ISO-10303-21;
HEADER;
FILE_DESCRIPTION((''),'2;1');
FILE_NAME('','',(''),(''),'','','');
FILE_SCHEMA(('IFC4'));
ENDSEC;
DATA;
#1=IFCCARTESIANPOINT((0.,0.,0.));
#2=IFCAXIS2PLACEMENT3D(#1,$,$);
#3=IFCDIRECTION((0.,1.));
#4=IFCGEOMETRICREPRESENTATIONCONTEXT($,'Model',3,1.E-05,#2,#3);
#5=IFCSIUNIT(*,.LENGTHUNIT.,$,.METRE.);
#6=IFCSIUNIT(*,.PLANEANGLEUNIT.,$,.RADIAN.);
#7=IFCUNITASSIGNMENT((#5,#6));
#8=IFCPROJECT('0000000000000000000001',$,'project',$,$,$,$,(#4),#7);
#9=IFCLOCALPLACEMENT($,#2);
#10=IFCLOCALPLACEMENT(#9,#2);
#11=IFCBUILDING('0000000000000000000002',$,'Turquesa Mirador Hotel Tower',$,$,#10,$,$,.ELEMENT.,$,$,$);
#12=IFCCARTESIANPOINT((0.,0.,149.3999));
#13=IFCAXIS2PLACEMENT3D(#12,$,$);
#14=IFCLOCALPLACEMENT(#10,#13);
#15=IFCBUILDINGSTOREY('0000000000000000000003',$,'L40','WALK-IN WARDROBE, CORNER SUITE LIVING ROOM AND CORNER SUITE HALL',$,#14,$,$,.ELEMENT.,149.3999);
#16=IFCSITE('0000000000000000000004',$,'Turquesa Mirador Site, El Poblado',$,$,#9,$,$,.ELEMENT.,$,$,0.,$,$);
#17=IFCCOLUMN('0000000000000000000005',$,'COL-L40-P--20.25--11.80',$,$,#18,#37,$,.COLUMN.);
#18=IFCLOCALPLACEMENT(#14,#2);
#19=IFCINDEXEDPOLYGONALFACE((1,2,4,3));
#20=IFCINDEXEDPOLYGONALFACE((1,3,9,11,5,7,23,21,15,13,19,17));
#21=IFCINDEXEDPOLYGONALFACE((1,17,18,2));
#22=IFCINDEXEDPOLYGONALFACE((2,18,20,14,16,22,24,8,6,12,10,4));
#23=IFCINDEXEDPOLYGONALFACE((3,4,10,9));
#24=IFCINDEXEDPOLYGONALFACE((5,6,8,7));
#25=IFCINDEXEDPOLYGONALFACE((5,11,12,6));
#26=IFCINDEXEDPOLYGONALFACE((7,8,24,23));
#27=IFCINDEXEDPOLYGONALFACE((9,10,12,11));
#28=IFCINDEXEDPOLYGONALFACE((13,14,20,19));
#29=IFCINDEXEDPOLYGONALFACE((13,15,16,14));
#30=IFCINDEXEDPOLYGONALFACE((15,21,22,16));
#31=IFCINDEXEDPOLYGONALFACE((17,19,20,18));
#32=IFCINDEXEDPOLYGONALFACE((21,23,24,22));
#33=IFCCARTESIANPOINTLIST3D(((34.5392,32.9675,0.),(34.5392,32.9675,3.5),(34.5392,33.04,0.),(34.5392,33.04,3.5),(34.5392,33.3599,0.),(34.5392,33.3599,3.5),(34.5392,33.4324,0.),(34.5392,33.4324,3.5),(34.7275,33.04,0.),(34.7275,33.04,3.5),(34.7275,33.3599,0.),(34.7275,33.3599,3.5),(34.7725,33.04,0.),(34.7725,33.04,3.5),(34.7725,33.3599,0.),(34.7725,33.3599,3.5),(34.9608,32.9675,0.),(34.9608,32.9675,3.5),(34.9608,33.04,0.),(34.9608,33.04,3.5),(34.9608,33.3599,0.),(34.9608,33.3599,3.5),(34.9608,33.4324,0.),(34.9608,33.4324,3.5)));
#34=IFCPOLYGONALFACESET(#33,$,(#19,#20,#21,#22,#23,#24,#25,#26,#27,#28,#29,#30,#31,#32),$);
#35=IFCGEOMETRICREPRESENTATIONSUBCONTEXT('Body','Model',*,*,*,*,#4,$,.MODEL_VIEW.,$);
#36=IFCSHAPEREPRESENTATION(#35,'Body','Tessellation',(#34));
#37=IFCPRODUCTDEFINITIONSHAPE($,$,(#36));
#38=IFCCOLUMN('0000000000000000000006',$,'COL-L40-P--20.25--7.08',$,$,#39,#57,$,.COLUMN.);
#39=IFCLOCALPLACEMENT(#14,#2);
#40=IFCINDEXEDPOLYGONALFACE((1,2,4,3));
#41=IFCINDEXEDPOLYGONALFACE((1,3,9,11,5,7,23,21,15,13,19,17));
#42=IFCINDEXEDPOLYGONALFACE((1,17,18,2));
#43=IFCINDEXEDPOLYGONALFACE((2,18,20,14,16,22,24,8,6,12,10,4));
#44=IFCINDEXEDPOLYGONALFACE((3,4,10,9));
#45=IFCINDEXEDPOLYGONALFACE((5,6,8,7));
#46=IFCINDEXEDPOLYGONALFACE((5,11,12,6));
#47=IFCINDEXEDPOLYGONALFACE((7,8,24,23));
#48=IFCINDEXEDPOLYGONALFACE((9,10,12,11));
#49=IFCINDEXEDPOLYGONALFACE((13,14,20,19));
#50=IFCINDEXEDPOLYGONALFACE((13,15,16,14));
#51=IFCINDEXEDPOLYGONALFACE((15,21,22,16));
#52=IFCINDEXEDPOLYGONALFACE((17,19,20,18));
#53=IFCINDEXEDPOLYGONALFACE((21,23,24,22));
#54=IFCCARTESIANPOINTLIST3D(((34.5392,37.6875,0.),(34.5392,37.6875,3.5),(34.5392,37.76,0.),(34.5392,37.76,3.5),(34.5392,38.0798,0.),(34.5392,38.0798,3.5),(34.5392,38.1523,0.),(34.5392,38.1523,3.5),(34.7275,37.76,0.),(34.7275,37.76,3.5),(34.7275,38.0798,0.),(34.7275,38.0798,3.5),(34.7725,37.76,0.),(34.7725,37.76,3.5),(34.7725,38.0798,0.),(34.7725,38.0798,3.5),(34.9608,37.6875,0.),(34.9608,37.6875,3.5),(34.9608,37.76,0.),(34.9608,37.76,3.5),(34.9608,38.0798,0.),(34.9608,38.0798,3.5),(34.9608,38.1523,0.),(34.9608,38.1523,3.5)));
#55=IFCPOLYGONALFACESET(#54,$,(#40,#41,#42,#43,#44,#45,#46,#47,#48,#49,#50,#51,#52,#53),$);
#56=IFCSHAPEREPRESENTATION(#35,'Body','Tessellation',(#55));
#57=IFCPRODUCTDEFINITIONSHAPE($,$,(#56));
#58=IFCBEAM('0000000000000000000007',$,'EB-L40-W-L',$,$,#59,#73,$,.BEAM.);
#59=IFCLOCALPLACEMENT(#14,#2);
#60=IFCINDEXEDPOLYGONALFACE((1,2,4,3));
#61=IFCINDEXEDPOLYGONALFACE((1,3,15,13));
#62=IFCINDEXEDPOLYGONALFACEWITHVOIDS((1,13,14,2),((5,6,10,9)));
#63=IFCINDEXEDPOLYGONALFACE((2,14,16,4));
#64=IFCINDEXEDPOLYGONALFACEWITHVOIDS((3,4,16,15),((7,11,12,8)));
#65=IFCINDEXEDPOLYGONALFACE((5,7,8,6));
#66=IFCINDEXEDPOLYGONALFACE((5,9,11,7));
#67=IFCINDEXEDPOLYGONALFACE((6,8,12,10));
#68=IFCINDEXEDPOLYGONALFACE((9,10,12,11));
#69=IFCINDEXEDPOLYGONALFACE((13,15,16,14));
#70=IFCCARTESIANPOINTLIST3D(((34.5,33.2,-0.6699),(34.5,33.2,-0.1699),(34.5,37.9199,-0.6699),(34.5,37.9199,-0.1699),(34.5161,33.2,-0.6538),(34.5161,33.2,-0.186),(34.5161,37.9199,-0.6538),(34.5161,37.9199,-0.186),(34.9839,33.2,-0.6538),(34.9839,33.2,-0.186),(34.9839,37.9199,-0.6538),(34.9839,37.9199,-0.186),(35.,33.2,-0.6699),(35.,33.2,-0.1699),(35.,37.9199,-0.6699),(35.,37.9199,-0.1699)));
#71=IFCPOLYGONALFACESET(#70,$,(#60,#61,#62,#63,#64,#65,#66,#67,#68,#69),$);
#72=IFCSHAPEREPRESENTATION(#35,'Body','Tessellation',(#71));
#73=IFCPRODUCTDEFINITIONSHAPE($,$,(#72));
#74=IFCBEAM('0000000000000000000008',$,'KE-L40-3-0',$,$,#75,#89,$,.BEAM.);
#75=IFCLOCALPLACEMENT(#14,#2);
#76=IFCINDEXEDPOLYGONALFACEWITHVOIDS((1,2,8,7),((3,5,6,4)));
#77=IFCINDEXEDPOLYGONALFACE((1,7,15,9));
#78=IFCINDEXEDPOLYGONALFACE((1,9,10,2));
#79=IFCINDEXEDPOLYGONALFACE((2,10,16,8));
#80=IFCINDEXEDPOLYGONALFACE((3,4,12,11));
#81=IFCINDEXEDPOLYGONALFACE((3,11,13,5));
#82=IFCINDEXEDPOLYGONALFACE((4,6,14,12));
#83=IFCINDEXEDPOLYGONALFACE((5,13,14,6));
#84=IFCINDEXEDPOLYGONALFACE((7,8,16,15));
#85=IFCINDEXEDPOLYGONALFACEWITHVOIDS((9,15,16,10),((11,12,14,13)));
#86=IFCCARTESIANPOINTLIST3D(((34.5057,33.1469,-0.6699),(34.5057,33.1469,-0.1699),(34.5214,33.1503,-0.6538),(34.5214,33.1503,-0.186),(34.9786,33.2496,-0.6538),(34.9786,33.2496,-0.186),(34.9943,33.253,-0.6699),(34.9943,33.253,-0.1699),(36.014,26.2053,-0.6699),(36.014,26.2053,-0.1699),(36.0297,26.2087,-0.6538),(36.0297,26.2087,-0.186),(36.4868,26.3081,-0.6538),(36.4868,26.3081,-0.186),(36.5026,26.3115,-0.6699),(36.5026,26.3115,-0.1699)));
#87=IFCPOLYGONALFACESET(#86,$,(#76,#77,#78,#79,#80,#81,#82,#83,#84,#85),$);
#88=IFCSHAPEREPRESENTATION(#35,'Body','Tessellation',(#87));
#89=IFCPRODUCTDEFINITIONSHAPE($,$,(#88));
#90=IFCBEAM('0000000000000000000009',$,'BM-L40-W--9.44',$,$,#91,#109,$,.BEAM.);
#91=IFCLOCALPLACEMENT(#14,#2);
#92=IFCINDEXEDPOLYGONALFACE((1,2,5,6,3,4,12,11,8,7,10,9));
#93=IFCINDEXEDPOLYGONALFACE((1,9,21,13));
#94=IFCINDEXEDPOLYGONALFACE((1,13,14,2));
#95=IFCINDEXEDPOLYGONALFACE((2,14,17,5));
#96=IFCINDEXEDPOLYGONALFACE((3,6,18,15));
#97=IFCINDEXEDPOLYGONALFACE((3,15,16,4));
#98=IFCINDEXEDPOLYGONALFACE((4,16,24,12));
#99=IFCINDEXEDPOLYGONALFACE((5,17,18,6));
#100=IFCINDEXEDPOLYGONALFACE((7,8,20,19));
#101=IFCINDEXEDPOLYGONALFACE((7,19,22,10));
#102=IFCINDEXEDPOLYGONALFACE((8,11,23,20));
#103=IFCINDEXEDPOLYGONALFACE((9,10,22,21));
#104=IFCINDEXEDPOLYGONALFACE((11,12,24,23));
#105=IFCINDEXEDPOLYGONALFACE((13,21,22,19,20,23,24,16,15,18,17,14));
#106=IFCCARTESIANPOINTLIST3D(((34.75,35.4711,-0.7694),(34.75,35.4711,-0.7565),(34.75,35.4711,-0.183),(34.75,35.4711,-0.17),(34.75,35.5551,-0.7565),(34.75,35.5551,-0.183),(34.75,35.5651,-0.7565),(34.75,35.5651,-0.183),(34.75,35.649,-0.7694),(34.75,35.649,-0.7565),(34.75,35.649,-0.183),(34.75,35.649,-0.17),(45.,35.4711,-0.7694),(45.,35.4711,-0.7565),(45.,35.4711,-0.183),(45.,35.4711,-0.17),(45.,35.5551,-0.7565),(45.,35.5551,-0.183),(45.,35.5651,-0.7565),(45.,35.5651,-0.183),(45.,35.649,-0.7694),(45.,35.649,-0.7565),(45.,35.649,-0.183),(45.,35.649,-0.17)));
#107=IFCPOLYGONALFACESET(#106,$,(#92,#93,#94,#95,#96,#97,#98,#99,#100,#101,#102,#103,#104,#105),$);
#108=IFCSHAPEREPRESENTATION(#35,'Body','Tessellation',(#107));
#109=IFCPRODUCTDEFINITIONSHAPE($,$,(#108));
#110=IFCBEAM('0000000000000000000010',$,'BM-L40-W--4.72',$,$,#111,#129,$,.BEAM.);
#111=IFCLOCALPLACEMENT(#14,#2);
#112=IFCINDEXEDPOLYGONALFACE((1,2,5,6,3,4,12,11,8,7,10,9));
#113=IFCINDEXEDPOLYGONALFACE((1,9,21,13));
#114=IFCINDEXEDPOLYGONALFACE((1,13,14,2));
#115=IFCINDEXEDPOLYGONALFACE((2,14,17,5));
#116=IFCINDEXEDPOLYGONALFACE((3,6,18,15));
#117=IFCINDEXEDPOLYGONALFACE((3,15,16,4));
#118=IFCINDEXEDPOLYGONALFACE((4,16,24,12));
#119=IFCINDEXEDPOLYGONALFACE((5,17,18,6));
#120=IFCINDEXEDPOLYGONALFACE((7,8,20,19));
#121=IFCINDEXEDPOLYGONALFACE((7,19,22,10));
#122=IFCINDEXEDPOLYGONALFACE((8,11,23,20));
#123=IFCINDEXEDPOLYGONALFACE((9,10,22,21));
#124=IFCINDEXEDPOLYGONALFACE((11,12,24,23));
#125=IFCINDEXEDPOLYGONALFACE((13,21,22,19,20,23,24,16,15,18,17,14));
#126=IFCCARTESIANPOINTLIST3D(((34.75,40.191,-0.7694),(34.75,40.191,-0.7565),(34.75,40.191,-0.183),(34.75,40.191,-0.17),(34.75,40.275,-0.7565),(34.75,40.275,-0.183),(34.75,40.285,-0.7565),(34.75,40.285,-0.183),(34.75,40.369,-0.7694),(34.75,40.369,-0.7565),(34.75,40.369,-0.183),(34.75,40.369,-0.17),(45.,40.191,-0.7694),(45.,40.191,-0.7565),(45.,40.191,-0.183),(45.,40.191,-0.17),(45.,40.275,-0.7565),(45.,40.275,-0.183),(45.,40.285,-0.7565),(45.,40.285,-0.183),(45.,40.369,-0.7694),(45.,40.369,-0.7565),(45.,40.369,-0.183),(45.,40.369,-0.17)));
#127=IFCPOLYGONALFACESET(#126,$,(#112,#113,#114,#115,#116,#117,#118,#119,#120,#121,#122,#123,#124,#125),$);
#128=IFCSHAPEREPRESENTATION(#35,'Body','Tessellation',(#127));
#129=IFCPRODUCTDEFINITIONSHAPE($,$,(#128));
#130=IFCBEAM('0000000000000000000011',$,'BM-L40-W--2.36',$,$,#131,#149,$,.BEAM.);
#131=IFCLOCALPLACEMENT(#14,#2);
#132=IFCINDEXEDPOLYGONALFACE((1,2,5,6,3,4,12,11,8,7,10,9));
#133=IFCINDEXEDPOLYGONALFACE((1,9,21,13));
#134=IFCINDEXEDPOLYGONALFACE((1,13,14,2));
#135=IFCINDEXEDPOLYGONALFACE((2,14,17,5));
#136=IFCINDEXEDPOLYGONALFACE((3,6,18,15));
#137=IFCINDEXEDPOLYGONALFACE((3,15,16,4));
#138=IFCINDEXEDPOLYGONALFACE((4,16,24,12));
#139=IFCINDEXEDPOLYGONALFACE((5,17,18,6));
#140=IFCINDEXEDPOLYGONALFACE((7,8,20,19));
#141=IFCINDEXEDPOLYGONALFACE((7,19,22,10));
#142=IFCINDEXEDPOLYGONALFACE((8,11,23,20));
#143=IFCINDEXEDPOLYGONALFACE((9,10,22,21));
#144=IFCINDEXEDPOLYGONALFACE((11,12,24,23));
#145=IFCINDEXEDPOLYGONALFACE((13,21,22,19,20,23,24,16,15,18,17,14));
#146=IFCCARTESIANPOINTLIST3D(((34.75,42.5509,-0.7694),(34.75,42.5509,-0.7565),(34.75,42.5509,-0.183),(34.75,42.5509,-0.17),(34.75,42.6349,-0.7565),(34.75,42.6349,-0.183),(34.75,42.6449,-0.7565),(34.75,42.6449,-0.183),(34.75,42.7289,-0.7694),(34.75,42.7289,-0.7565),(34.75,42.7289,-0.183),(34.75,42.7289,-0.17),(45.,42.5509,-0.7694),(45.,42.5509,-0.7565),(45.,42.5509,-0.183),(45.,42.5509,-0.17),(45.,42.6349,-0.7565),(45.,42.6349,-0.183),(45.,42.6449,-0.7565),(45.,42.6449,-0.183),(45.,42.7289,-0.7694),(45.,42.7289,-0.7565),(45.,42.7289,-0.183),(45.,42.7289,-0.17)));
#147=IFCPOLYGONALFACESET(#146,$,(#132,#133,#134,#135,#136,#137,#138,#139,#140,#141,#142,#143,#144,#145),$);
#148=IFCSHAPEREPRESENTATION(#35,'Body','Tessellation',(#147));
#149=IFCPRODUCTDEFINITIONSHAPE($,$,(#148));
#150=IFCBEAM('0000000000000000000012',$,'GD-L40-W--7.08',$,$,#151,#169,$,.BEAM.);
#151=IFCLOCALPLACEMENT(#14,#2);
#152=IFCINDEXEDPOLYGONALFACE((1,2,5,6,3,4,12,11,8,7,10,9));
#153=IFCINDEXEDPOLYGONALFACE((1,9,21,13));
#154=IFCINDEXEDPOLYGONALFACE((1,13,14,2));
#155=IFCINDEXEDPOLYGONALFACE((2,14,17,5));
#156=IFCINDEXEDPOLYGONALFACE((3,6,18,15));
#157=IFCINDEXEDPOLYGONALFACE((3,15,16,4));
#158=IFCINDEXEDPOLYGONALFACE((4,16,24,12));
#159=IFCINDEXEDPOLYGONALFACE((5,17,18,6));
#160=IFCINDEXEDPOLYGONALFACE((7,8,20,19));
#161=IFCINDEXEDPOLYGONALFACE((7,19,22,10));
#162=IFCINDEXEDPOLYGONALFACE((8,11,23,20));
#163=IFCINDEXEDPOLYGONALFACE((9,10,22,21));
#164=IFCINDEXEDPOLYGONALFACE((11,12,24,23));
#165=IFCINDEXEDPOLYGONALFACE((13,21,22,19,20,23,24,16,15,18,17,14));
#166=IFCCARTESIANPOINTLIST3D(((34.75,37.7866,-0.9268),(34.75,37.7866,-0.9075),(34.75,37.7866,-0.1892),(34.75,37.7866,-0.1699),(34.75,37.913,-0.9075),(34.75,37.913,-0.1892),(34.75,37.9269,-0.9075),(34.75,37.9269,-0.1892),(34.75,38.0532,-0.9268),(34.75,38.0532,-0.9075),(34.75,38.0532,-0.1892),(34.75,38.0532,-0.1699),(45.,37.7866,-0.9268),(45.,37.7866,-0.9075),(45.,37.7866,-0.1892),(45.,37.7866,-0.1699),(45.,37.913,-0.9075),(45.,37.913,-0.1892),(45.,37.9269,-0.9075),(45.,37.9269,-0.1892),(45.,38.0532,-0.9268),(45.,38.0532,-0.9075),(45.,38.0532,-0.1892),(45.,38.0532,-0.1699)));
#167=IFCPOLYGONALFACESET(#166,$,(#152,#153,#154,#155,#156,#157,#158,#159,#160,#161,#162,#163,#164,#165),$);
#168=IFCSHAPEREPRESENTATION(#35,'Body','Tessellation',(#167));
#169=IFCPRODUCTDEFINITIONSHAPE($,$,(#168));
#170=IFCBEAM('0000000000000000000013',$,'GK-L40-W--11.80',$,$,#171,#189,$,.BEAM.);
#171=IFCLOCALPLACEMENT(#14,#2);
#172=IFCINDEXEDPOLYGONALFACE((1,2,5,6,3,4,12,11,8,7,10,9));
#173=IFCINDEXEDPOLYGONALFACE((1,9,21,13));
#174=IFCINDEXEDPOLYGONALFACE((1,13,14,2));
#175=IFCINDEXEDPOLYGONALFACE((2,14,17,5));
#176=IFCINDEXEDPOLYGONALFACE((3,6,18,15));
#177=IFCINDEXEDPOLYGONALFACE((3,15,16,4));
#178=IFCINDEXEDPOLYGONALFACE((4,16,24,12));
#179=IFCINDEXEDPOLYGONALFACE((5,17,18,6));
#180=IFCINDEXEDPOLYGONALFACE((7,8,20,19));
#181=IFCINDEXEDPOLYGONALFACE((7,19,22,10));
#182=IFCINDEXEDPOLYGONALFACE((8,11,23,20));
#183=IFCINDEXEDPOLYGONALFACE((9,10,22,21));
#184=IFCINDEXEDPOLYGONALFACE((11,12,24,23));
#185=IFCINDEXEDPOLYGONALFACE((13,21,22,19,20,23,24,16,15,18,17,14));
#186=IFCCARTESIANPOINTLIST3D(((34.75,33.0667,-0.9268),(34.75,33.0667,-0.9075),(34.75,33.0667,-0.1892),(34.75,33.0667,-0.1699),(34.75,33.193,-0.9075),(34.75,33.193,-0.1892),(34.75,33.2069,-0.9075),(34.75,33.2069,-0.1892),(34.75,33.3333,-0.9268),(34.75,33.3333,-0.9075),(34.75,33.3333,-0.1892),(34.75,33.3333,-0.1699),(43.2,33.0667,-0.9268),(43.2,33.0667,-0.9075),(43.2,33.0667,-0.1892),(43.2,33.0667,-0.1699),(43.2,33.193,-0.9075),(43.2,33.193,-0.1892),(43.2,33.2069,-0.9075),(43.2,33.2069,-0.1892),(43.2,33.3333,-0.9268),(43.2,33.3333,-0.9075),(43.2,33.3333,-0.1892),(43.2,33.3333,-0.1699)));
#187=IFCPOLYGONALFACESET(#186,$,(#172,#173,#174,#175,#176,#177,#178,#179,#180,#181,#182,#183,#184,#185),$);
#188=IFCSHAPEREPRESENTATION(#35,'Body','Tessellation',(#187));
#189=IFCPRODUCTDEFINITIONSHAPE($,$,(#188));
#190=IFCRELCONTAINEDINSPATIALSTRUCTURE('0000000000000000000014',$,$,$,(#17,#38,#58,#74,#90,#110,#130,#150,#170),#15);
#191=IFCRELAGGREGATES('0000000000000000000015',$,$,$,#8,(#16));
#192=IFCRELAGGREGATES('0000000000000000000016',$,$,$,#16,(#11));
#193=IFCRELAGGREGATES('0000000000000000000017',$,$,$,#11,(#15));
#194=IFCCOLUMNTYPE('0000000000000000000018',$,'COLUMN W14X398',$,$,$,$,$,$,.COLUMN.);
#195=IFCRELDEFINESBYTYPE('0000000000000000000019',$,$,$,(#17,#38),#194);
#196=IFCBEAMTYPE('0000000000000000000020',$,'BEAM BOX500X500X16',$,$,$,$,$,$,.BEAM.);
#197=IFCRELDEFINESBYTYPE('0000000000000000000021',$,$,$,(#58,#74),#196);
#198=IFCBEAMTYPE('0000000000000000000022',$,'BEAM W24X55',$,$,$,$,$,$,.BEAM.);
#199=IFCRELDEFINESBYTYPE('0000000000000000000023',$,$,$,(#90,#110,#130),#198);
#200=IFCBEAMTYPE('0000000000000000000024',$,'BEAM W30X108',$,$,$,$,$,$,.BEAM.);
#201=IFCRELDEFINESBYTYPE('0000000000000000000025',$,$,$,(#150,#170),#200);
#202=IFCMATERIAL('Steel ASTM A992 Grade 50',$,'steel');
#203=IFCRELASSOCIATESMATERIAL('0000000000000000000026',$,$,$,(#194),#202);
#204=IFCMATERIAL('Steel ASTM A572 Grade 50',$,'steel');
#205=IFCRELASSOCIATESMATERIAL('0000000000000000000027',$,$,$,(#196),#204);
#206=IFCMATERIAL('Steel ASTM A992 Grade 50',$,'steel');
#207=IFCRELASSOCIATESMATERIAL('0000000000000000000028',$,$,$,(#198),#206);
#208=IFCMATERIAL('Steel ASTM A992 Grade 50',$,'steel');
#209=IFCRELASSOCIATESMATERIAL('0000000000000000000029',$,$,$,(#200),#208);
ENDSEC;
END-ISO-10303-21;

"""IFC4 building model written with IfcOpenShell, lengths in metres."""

from ifc_helpers import new_model, si_unit, direction, frame, origin, origin_2d, place, context, subcontext, project, spatial, hollow_rectangle, i_section, extrude, material, material_profile, profile_set, type_object, element, save


model = new_model("IFC4")

# Units and contexts
model_context = context("Model", 3, precision=1e-05, world=origin(), true_north=direction((0.0, 1.0)))
body_context = subcontext(model_context, "Body", "Model", "MODEL_VIEW")
ifc_project = project(units=[si_unit("LENGTHUNIT", "METRE"), si_unit("PLANEANGLEUNIT", "RADIAN")], contexts=[model_context])

# Site, building, storey
site_placement = place(None, origin())
site = spatial("IfcSite", under=ifc_project, at=site_placement, Name="Turquesa Mirador Site, El Poblado", CompositionType="ELEMENT", RefElevation=0.0)
building_placement = place(site_placement, origin())
building = spatial("IfcBuilding", under=site, at=building_placement, Name="Turquesa Mirador Hotel Tower", CompositionType="ELEMENT")
storey_placement = place(building_placement, frame((0.0, 0.0, 149.3999)))
storey = spatial("IfcBuildingStorey", under=building, at=storey_placement, Name="L40", Description="WALK-IN WARDROBE, CORNER SUITE LIVING ROOM AND CORNER SUITE HALL", CompositionType="ELEMENT", Elevation=149.3999)

# Columns
ifc_material_1 = material(Name="Steel ASTM A992 Grade 50", Category="steel")
ifc_material_profile_1 = material_profile(ifc_material_1, i_section(OverallWidth=0.4216, OverallDepth=0.4648, WebThickness=0.0449, FlangeThickness=0.0725, at=origin_2d()), Name="W14X398")
ifc_profile_set_1 = profile_set([ifc_material_profile_1], Name="Steel ASTM A992 Grade 50")
column_type = type_object("IfcColumnType", Name="COLUMN W14X398", PredefinedType="COLUMN", material=ifc_profile_set_1)
for number, where, z_axis, x_axis, name in (
    (1, (34.75, 33.2, 0.0), (0.0, 0.0, 1.0), (1.0, 0.0, 0.0), "COL-L40-P--20.25--11.80"),
    (2, (34.75, 37.9199, 0.0), (0.0, 0.0, 1.0), (1.0, 0.0, 0.0), "COL-L40-P--20.25--7.08"),
):
    element("IfcColumn", number, at=place(storey_placement, frame(where, z_axis=z_axis, x_axis=x_axis)), inside=storey, type_object=column_type, Name=name, PredefinedType="COLUMN", context=body_context, shape_type="SweptSolid", body=[
        extrude(i_section(OverallWidth=0.4216, OverallDepth=0.4648, WebThickness=0.0449, FlangeThickness=0.0725, at=origin_2d()), origin(), (0.0, 0.0, 1.0), 3.5),
    ])

# Beams
ifc_material_2 = material(Name="Steel ASTM A572 Grade 50", Category="steel")
ifc_material_profile_2 = material_profile(ifc_material_2, hollow_rectangle(XDim=0.5, YDim=0.5, WallThickness=0.0161, at=origin_2d()), Name="BOX500X500X16")
ifc_profile_set_2 = profile_set([ifc_material_profile_2], Name="Steel ASTM A572 Grade 50")
beam_type_1 = type_object("IfcBeamType", Name="BEAM BOX500X500X16", PredefinedType="BEAM", material=ifc_profile_set_2)
beam_1_placement = place(storey_placement, frame((34.75, 33.2, -0.4199), z_axis=(0.0, 1.0, 0.0), x_axis=(-1.0, 0.0, 0.0)))
element("IfcBeam", 3, at=beam_1_placement, inside=storey, type_object=beam_type_1, Name="EB-L40-W-L", PredefinedType="BEAM", context=body_context, shape_type="SweptSolid", body=[
    extrude(hollow_rectangle(XDim=0.5, YDim=0.5, WallThickness=0.0161, at=origin_2d()), origin(), (0.0, 0.0, 1.0), 4.72),
])
beam_2_placement = place(storey_placement, frame((34.75, 33.2, -0.4199), z_axis=(0.212328, -0.977198, 0.0), x_axis=(0.977198, 0.212328, 0.0)))
element("IfcBeam", 4, at=beam_2_placement, inside=storey, type_object=beam_type_1, Name="KE-L40-3-0", PredefinedType="BEAM", context=body_context, shape_type="SweptSolid", body=[
    extrude(hollow_rectangle(XDim=0.5, YDim=0.5, WallThickness=0.0161, at=origin_2d()), origin(), (0.0, 0.0, 1.0), 7.1035),
])
ifc_material_3 = material(Name="Steel ASTM A992 Grade 50", Category="steel")
ifc_material_profile_3 = material_profile(ifc_material_3, i_section(OverallWidth=0.178, OverallDepth=0.5994, WebThickness=0.01, FlangeThickness=0.0129, at=origin_2d()), Name="W24X55")
ifc_profile_set_3 = profile_set([ifc_material_profile_3], Name="Steel ASTM A992 Grade 50")
beam_type_2 = type_object("IfcBeamType", Name="BEAM W24X55", PredefinedType="BEAM", material=ifc_profile_set_3)
for number, where, z_axis, x_axis, name in (
    (5, (34.75, 35.5601, -0.4697), (1.0, 0.0, 0.0), (0.0, 1.0, 0.0), "BM-L40-W--9.44"),
    (6, (34.75, 40.28, -0.4697), (1.0, 0.0, 0.0), (0.0, 1.0, 0.0), "BM-L40-W--4.72"),
    (7, (34.75, 42.6399, -0.4697), (1.0, 0.0, 0.0), (0.0, 1.0, 0.0), "BM-L40-W--2.36"),
):
    element("IfcBeam", number, at=place(storey_placement, frame(where, z_axis=z_axis, x_axis=x_axis)), inside=storey, type_object=beam_type_2, Name=name, PredefinedType="BEAM", context=body_context, shape_type="SweptSolid", body=[
        extrude(i_section(OverallWidth=0.178, OverallDepth=0.5994, WebThickness=0.01, FlangeThickness=0.0129, at=origin_2d()), origin(), (0.0, 0.0, 1.0), 10.25),
    ])
ifc_material_4 = material(Name="Steel ASTM A992 Grade 50", Category="steel")
ifc_material_profile_4 = material_profile(ifc_material_4, i_section(OverallWidth=0.2666, OverallDepth=0.7568, WebThickness=0.0139, FlangeThickness=0.0193, at=origin_2d()), Name="W30X108")
ifc_profile_set_4 = profile_set([ifc_material_profile_4], Name="Steel ASTM A992 Grade 50")
beam_type_3 = type_object("IfcBeamType", Name="BEAM W30X108", PredefinedType="BEAM", material=ifc_profile_set_4)
beam_3_placement = place(storey_placement, frame((34.75, 37.9199, -0.5483), z_axis=(1.0, 0.0, 0.0), x_axis=(0.0, 1.0, 0.0)))
element("IfcBeam", 8, at=beam_3_placement, inside=storey, type_object=beam_type_3, Name="GD-L40-W--7.08", PredefinedType="BEAM", context=body_context, shape_type="SweptSolid", body=[
    extrude(i_section(OverallWidth=0.2666, OverallDepth=0.7568, WebThickness=0.0139, FlangeThickness=0.0193, at=origin_2d()), origin(), (0.0, 0.0, 1.0), 10.25),
])
beam_4_placement = place(storey_placement, frame((34.75, 33.2, -0.5483), z_axis=(1.0, 0.0, 0.0), x_axis=(0.0, 1.0, 0.0)))
element("IfcBeam", 9, at=beam_4_placement, inside=storey, type_object=beam_type_3, Name="GK-L40-W--11.80", PredefinedType="BEAM", context=body_context, shape_type="SweptSolid", body=[
    extrude(i_section(OverallWidth=0.2666, OverallDepth=0.7568, WebThickness=0.0139, FlangeThickness=0.0193, at=origin_2d()), origin(), (0.0, 0.0, 1.0), 8.45),
])

save(model, "model.ifc")
